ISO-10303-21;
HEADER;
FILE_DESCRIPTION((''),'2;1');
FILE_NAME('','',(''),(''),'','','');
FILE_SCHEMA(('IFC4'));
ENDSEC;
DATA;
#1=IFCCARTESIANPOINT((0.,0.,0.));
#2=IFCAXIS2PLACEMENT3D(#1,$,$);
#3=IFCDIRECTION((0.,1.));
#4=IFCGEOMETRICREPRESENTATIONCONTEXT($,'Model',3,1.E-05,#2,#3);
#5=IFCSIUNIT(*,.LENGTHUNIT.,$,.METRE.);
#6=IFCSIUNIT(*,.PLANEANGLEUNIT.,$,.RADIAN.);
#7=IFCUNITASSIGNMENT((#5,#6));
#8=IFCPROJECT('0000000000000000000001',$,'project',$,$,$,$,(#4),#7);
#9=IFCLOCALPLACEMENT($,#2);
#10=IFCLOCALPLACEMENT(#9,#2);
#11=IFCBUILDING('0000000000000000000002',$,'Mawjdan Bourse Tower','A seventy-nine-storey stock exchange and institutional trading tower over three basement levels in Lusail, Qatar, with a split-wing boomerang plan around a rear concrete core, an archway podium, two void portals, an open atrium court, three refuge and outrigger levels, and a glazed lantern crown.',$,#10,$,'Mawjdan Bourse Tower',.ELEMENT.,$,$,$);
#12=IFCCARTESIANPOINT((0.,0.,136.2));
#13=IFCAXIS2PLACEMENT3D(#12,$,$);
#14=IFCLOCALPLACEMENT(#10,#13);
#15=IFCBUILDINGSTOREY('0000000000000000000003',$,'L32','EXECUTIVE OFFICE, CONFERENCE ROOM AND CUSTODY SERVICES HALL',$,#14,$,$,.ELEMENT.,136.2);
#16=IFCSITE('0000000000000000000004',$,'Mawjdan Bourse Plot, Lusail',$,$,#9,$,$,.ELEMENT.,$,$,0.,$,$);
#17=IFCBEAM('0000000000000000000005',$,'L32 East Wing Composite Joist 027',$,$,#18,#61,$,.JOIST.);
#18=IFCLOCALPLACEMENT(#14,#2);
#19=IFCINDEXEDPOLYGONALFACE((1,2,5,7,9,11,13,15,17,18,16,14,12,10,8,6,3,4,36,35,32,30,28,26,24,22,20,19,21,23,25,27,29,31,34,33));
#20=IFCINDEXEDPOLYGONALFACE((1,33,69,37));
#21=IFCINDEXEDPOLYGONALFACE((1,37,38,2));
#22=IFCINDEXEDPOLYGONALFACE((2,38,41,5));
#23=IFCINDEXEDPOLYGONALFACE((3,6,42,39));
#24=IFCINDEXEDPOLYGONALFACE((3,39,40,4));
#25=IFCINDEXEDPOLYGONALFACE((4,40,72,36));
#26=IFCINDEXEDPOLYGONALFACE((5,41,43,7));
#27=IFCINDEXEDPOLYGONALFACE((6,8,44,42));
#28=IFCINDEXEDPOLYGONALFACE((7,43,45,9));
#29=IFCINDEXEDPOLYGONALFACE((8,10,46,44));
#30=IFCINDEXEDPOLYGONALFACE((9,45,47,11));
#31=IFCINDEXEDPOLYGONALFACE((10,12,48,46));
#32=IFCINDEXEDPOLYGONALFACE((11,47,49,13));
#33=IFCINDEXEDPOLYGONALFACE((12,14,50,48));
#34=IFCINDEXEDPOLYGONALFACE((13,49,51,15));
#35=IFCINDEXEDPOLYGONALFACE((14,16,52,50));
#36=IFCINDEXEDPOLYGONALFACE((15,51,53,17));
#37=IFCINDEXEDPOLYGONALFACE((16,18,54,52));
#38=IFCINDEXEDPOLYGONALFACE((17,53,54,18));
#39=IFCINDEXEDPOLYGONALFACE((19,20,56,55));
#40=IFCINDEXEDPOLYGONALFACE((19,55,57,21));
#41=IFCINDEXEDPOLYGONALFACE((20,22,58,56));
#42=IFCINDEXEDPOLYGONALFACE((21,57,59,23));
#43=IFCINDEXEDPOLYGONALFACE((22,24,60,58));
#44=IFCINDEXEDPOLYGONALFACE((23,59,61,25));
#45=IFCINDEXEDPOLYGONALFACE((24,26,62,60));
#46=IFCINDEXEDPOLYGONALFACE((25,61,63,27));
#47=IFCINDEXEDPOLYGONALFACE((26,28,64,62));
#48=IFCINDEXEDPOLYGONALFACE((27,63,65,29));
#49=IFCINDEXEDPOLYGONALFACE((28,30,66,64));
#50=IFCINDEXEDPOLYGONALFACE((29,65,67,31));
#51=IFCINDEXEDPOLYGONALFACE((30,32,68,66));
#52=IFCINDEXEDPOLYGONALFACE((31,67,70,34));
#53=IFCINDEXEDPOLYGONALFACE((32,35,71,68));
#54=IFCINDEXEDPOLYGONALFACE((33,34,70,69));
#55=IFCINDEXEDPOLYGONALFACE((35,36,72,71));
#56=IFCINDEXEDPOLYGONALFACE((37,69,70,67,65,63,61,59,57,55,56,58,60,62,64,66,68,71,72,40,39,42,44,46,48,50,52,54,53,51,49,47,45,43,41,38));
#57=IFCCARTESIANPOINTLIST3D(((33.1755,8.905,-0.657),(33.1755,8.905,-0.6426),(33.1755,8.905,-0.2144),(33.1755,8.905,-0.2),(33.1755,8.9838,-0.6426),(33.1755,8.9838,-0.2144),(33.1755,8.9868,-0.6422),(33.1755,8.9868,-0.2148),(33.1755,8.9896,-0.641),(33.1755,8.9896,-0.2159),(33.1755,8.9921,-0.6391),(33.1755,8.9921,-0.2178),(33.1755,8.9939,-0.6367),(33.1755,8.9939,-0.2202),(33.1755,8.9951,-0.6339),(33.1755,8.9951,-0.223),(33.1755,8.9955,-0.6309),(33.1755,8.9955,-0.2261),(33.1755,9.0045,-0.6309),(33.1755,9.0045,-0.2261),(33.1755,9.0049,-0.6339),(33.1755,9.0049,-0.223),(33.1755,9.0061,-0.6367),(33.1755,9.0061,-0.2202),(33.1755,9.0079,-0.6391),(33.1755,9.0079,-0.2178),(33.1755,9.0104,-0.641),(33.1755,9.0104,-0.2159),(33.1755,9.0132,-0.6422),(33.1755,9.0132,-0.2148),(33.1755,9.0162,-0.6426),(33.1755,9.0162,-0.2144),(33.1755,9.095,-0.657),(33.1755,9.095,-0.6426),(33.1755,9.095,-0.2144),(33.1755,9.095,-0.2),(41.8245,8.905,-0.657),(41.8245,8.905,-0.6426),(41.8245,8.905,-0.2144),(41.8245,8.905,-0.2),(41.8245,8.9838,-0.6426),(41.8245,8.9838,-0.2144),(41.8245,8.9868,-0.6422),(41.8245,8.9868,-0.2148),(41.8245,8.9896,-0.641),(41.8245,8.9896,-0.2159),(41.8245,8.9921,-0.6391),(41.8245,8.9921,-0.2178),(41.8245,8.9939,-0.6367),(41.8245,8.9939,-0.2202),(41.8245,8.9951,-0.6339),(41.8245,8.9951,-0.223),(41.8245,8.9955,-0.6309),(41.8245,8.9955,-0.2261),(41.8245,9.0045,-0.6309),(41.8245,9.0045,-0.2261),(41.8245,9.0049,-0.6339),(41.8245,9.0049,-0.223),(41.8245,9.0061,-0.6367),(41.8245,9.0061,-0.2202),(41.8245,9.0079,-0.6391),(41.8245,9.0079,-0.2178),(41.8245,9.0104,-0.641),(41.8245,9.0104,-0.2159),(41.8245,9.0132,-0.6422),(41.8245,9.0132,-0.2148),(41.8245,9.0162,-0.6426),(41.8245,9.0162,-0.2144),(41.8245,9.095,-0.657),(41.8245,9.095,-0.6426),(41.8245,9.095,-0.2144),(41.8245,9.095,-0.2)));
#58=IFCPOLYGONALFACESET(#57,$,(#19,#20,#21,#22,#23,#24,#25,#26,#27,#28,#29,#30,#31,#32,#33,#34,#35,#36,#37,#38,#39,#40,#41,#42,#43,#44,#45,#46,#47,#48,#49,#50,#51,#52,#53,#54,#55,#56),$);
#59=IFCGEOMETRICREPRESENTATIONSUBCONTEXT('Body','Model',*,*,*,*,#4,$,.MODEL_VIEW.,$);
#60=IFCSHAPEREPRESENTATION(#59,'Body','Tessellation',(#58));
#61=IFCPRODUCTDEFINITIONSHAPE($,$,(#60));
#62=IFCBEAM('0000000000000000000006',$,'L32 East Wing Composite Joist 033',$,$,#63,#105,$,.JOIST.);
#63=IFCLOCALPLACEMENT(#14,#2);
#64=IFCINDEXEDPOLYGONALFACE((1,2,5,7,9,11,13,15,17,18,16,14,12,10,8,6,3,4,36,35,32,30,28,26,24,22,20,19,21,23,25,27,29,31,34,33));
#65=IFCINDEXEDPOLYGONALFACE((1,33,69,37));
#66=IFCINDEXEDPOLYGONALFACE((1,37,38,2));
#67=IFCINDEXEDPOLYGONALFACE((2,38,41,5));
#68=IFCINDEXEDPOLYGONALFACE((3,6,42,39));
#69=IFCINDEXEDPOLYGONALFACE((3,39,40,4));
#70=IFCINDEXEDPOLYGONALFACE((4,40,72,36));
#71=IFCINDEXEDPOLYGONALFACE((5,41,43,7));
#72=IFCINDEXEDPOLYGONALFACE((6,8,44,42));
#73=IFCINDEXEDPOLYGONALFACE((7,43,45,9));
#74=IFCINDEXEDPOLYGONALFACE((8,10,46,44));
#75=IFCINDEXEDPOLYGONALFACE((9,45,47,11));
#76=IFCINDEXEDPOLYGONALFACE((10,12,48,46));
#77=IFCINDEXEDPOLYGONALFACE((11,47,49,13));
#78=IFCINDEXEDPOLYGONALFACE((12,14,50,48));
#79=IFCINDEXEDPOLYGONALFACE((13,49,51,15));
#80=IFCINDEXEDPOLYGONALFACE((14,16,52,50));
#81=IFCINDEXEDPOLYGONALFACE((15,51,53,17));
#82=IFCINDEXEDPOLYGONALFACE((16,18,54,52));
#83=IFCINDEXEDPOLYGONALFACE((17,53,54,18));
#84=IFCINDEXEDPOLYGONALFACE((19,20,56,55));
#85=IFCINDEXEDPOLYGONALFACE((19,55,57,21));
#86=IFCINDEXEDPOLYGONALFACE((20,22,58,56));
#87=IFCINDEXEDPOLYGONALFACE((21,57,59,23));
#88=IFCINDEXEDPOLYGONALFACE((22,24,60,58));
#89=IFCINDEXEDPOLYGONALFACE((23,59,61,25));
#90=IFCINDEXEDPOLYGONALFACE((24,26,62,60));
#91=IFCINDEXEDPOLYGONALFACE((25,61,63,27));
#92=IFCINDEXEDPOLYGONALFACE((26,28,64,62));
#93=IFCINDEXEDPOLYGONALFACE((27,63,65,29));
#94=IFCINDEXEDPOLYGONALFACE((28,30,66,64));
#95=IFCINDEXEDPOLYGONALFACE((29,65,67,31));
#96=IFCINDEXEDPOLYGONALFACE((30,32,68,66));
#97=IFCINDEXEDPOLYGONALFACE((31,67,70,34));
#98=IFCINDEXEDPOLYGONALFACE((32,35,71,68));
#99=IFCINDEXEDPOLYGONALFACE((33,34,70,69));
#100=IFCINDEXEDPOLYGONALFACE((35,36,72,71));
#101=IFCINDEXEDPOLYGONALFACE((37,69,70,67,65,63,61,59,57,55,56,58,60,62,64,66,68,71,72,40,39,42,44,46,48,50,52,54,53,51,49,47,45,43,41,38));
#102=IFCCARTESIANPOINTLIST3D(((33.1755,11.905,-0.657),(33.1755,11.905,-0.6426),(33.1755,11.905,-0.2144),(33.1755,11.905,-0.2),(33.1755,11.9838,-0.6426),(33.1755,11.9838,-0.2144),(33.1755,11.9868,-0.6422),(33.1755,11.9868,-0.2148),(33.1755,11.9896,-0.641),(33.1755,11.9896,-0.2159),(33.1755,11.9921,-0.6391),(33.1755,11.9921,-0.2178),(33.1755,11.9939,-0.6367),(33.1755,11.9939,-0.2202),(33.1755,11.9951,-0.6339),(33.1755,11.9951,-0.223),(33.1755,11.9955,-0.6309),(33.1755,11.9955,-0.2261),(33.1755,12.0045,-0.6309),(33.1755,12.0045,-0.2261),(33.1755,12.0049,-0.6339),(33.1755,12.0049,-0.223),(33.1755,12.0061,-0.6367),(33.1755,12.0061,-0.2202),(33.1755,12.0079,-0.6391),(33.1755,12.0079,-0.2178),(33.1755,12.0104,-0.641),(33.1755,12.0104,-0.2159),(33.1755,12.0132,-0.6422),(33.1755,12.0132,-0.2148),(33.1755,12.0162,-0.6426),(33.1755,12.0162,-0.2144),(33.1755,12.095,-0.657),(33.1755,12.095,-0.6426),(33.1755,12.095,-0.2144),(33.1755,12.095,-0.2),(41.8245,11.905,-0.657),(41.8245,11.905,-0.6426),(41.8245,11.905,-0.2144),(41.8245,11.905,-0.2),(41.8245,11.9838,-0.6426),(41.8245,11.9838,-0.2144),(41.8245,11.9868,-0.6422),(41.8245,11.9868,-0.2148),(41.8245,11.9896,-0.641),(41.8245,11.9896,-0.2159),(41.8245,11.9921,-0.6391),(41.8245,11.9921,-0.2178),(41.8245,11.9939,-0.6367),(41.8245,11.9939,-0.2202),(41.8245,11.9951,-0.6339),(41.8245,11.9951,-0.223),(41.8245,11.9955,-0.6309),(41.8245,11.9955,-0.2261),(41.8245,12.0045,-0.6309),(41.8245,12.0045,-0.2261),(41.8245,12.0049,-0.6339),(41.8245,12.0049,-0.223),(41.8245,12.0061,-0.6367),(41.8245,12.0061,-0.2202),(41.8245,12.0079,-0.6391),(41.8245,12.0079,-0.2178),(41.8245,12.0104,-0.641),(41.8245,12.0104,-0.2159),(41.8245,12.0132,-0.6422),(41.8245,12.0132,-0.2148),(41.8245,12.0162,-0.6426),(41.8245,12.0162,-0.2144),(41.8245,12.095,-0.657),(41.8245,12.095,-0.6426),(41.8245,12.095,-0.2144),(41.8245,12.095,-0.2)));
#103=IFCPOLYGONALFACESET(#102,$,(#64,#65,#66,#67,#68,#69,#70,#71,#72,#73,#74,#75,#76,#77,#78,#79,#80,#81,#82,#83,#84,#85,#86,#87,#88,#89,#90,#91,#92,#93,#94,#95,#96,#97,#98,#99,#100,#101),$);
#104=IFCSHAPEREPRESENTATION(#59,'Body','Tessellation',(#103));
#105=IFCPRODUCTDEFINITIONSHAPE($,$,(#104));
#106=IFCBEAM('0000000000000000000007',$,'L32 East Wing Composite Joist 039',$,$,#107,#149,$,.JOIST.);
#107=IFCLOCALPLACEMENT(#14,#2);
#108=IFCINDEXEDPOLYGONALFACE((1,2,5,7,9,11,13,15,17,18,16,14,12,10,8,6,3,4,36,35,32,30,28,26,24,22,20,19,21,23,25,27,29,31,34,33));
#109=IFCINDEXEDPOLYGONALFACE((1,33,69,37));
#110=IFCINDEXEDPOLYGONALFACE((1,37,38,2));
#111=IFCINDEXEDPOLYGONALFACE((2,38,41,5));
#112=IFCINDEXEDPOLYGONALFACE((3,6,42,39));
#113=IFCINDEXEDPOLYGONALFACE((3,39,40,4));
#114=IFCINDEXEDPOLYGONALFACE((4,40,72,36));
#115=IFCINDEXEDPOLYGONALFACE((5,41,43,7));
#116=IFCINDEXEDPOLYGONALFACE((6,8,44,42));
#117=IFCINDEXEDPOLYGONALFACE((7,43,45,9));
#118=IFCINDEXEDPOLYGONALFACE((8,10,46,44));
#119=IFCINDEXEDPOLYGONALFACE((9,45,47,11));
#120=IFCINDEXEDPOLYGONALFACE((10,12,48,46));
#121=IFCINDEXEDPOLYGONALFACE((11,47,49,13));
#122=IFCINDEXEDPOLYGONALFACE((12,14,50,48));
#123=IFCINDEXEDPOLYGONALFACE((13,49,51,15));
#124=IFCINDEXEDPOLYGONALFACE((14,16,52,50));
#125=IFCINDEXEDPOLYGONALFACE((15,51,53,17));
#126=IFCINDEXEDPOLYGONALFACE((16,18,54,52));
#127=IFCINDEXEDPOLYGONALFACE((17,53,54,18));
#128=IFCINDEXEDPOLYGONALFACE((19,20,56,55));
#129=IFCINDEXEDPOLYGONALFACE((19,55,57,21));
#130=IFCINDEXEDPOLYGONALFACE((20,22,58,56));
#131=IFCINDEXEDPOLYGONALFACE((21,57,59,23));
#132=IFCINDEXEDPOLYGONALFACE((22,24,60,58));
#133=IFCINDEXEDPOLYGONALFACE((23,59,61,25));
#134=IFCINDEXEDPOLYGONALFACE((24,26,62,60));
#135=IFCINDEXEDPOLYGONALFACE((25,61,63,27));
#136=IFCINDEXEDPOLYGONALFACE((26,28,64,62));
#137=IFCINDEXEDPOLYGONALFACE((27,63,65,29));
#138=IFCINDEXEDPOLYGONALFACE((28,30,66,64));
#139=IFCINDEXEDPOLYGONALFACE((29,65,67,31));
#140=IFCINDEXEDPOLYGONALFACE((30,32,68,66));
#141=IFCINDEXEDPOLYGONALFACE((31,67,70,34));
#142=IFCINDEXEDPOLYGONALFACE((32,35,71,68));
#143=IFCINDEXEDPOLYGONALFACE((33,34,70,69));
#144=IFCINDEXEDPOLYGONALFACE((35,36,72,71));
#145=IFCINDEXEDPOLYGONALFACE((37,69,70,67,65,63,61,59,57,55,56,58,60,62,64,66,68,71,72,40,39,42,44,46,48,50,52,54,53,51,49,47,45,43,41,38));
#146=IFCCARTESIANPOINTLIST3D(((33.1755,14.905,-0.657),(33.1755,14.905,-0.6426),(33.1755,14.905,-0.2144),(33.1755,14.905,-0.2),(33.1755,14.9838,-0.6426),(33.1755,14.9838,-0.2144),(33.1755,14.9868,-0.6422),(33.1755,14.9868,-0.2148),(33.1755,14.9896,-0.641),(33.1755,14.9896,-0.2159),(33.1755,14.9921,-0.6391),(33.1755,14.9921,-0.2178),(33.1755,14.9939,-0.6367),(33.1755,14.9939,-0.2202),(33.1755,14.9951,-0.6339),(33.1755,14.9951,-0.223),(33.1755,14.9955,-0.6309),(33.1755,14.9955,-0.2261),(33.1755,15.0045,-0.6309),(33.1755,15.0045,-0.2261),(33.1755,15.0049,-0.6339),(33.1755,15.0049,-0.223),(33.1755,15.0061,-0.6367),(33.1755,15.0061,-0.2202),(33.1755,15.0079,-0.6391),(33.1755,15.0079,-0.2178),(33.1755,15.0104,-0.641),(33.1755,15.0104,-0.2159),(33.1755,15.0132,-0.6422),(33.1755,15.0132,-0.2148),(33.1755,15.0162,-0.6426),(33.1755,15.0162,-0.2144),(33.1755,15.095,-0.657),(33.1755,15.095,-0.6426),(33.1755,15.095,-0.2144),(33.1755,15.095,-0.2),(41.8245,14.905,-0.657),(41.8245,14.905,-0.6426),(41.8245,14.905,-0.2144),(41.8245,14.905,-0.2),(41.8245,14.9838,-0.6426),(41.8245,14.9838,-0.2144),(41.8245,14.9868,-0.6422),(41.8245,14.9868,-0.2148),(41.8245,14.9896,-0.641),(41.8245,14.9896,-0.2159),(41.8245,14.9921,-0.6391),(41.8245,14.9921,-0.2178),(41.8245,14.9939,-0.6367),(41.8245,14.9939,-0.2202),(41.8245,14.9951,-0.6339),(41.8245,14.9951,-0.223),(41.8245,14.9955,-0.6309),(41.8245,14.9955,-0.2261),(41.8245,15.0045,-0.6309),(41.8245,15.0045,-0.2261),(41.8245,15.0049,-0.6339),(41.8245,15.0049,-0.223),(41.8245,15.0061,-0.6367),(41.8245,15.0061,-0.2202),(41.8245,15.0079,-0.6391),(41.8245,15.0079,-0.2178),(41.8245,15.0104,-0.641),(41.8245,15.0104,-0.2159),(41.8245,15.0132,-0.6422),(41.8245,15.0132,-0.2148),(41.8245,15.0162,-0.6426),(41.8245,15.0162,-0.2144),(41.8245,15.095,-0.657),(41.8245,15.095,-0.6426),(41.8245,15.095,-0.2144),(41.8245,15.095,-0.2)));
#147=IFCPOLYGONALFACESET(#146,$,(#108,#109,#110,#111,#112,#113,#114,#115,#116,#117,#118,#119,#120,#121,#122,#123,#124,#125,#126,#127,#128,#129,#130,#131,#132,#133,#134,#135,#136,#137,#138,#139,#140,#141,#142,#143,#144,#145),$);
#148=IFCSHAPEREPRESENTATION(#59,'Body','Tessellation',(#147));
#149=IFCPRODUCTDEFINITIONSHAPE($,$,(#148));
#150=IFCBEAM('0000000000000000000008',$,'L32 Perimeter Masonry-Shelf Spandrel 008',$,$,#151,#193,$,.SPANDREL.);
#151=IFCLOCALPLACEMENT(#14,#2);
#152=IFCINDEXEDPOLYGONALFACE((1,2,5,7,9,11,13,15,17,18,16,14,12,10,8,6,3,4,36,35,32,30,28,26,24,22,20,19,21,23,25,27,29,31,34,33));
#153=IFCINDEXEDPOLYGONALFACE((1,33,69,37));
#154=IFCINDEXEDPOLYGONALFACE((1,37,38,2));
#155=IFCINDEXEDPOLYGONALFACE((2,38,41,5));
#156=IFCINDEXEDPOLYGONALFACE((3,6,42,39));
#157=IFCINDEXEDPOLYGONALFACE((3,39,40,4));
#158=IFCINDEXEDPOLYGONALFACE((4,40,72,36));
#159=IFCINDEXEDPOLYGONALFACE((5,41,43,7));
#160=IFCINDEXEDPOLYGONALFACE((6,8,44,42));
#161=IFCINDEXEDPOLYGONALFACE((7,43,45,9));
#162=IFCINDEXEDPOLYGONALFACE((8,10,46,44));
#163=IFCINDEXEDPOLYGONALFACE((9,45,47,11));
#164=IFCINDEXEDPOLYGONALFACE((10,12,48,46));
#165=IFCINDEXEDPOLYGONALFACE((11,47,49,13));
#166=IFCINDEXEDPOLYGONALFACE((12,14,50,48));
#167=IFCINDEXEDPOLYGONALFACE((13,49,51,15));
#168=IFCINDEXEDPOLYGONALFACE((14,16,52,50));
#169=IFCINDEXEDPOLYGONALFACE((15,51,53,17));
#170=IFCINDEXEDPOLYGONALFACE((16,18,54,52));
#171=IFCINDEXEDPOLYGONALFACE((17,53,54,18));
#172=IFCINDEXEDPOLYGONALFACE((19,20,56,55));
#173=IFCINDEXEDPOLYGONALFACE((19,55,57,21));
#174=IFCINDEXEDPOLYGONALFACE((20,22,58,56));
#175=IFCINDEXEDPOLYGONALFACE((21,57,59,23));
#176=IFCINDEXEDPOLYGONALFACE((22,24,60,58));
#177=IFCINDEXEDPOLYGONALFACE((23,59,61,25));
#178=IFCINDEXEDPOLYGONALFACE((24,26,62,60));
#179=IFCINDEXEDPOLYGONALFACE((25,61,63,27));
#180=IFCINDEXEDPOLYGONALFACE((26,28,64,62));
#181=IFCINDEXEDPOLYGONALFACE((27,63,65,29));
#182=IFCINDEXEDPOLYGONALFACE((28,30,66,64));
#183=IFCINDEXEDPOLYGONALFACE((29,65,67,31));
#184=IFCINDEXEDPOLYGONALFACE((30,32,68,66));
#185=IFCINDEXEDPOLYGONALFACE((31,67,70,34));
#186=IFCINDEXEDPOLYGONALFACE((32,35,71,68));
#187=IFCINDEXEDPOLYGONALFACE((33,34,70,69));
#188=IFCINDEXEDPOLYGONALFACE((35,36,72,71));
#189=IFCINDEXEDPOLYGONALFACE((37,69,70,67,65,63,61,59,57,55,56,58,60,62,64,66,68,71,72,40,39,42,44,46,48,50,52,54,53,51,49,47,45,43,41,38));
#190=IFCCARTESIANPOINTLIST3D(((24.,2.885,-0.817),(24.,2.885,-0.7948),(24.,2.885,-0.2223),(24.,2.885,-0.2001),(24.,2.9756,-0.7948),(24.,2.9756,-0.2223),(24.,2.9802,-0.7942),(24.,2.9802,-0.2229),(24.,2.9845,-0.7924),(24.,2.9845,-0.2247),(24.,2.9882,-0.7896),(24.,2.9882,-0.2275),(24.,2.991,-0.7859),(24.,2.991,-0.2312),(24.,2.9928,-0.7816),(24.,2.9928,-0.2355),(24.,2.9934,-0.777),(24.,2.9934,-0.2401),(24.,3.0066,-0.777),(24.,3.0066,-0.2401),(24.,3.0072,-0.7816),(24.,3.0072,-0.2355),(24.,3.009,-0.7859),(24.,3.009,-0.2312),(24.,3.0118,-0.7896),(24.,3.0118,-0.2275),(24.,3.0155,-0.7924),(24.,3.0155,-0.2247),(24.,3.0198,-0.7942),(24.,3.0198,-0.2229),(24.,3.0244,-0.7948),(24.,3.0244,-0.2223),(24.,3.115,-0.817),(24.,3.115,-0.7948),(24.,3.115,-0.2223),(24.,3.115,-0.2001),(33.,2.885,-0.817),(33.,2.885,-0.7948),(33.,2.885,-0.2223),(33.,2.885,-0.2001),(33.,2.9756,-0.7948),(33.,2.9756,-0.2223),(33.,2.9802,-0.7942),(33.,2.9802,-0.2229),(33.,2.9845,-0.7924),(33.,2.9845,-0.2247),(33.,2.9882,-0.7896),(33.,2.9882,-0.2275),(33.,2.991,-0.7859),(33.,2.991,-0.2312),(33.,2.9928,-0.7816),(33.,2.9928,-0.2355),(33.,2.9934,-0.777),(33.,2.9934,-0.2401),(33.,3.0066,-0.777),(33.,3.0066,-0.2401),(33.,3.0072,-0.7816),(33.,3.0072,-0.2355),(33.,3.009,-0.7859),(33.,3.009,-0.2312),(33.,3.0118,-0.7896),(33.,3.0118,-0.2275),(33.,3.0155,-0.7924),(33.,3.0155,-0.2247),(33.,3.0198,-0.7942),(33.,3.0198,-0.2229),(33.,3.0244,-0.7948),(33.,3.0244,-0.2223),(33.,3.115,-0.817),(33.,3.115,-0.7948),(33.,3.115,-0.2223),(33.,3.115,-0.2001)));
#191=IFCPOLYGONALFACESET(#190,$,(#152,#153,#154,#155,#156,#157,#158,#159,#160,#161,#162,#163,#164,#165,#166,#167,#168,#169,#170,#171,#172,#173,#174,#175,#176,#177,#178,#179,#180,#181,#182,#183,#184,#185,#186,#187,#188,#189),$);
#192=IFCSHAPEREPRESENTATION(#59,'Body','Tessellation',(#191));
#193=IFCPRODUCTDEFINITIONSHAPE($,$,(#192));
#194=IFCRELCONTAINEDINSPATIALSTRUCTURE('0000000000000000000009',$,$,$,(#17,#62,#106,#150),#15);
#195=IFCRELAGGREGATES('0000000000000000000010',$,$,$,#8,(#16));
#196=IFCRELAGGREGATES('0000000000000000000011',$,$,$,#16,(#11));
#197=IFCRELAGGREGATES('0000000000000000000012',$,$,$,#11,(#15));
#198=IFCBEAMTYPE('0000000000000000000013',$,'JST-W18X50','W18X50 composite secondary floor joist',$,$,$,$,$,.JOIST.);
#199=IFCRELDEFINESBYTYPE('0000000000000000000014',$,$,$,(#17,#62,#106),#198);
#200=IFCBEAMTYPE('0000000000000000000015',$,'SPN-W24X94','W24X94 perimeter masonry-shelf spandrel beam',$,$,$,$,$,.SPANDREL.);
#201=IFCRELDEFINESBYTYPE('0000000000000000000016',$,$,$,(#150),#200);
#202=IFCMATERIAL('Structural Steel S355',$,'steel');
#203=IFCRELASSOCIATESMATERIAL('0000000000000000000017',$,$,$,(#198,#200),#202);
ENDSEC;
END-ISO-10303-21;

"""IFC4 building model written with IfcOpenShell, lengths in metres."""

from ifc_helpers import new_model, si_unit, direction, frame, origin, origin_2d, place, context, subcontext, project, spatial, i_section, extrude, material, material_profile, profile_set, type_object, element, save


model = new_model("IFC4")

# Units and contexts
model_context = context("Model", 3, precision=1e-05, world=origin(), true_north=direction((0.0, 1.0)))
body_context = subcontext(model_context, "Body", "Model", "MODEL_VIEW")
ifc_project = project(units=[si_unit("LENGTHUNIT", "METRE"), si_unit("PLANEANGLEUNIT", "RADIAN")], contexts=[model_context])

# Site, building, storey
site_placement = place(None, origin())
site = spatial("IfcSite", under=ifc_project, at=site_placement, Name="Mawjdan Bourse Plot, Lusail", CompositionType="ELEMENT", RefElevation=0.0)
building_placement = place(site_placement, origin())
building = spatial("IfcBuilding", under=site, at=building_placement, Name="Mawjdan Bourse Tower", Description="A seventy-nine-storey stock exchange and institutional trading tower over three basement levels in Lusail, Qatar, with a split-wing boomerang plan around a rear concrete core, an archway podium, two void portals, an open atrium court, three refuge and outrigger levels, and a glazed lantern crown.", LongName="Mawjdan Bourse Tower", CompositionType="ELEMENT")
storey_placement = place(building_placement, frame((0.0, 0.0, 136.2)))
storey = spatial("IfcBuildingStorey", under=building, at=storey_placement, Name="L32", Description="EXECUTIVE OFFICE, CONFERENCE ROOM AND CUSTODY SERVICES HALL", CompositionType="ELEMENT", Elevation=136.2)

# Beams
ifc_material_1 = material(Name="Structural Steel S355", Category="steel")
ifc_material_profile_1 = material_profile(ifc_material_1, i_section(OverallWidth=0.1899, OverallDepth=0.457, WebThickness=0.009, FlangeThickness=0.0144, FilletRadius=0.0117, at=origin_2d()), Name="W18X50")
ifc_profile_set_1 = profile_set([ifc_material_profile_1], Name="Structural Steel S355")
beam_type_1 = type_object("IfcBeamType", Name="JST-W18X50", Description="W18X50 composite secondary floor joist", PredefinedType="JOIST", material=ifc_profile_set_1)
for number, where, z_axis, x_axis, name in (
    (1, (33.1755, 9.0, -0.4285), (1.0, 0.0, 0.0), (0.0, 1.0, 0.0), "L32 East Wing Composite Joist 027"),
    (2, (33.1755, 12.0, -0.4285), (1.0, 0.0, 0.0), (0.0, 1.0, 0.0), "L32 East Wing Composite Joist 033"),
    (3, (33.1755, 15.0, -0.4285), (1.0, 0.0, 0.0), (0.0, 1.0, 0.0), "L32 East Wing Composite Joist 039"),
):
    element("IfcBeam", number, at=place(storey_placement, frame(where, z_axis=z_axis, x_axis=x_axis)), inside=storey, type_object=beam_type_1, Name=name, PredefinedType="JOIST", context=body_context, shape_type="SweptSolid", body=[
        extrude(i_section(OverallWidth=0.1899, OverallDepth=0.457, WebThickness=0.009, FlangeThickness=0.0144, FilletRadius=0.0117, at=origin_2d()), origin(), (0.0, 0.0, 1.0), 8.6489),
    ])
ifc_material_profile_2 = material_profile(ifc_material_1, i_section(OverallWidth=0.23, OverallDepth=0.6169, WebThickness=0.0132, FlangeThickness=0.0222, FilletRadius=0.0178, at=origin_2d()), Name="W24X94")
ifc_profile_set_2 = profile_set([ifc_material_profile_2], Name="Structural Steel S355")
beam_type_2 = type_object("IfcBeamType", Name="SPN-W24X94", Description="W24X94 perimeter masonry-shelf spandrel beam", PredefinedType="SPANDREL", material=ifc_profile_set_2)
for number, where, z_axis, x_axis, name in (
    (4, (24.0, 3.0, -0.5085), (1.0, 0.0, 0.0), (0.0, 1.0, 0.0), "L32 Perimeter Masonry-Shelf Spandrel 008"),
):
    element("IfcBeam", number, at=place(storey_placement, frame(where, z_axis=z_axis, x_axis=x_axis)), inside=storey, type_object=beam_type_2, Name=name, PredefinedType="SPANDREL", context=body_context, shape_type="SweptSolid", body=[
        extrude(i_section(OverallWidth=0.23, OverallDepth=0.6169, WebThickness=0.0132, FlangeThickness=0.0222, FilletRadius=0.0178, at=origin_2d()), origin(), (0.0, 0.0, 1.0), 9.0),
    ])

save(model, "model.ifc")
